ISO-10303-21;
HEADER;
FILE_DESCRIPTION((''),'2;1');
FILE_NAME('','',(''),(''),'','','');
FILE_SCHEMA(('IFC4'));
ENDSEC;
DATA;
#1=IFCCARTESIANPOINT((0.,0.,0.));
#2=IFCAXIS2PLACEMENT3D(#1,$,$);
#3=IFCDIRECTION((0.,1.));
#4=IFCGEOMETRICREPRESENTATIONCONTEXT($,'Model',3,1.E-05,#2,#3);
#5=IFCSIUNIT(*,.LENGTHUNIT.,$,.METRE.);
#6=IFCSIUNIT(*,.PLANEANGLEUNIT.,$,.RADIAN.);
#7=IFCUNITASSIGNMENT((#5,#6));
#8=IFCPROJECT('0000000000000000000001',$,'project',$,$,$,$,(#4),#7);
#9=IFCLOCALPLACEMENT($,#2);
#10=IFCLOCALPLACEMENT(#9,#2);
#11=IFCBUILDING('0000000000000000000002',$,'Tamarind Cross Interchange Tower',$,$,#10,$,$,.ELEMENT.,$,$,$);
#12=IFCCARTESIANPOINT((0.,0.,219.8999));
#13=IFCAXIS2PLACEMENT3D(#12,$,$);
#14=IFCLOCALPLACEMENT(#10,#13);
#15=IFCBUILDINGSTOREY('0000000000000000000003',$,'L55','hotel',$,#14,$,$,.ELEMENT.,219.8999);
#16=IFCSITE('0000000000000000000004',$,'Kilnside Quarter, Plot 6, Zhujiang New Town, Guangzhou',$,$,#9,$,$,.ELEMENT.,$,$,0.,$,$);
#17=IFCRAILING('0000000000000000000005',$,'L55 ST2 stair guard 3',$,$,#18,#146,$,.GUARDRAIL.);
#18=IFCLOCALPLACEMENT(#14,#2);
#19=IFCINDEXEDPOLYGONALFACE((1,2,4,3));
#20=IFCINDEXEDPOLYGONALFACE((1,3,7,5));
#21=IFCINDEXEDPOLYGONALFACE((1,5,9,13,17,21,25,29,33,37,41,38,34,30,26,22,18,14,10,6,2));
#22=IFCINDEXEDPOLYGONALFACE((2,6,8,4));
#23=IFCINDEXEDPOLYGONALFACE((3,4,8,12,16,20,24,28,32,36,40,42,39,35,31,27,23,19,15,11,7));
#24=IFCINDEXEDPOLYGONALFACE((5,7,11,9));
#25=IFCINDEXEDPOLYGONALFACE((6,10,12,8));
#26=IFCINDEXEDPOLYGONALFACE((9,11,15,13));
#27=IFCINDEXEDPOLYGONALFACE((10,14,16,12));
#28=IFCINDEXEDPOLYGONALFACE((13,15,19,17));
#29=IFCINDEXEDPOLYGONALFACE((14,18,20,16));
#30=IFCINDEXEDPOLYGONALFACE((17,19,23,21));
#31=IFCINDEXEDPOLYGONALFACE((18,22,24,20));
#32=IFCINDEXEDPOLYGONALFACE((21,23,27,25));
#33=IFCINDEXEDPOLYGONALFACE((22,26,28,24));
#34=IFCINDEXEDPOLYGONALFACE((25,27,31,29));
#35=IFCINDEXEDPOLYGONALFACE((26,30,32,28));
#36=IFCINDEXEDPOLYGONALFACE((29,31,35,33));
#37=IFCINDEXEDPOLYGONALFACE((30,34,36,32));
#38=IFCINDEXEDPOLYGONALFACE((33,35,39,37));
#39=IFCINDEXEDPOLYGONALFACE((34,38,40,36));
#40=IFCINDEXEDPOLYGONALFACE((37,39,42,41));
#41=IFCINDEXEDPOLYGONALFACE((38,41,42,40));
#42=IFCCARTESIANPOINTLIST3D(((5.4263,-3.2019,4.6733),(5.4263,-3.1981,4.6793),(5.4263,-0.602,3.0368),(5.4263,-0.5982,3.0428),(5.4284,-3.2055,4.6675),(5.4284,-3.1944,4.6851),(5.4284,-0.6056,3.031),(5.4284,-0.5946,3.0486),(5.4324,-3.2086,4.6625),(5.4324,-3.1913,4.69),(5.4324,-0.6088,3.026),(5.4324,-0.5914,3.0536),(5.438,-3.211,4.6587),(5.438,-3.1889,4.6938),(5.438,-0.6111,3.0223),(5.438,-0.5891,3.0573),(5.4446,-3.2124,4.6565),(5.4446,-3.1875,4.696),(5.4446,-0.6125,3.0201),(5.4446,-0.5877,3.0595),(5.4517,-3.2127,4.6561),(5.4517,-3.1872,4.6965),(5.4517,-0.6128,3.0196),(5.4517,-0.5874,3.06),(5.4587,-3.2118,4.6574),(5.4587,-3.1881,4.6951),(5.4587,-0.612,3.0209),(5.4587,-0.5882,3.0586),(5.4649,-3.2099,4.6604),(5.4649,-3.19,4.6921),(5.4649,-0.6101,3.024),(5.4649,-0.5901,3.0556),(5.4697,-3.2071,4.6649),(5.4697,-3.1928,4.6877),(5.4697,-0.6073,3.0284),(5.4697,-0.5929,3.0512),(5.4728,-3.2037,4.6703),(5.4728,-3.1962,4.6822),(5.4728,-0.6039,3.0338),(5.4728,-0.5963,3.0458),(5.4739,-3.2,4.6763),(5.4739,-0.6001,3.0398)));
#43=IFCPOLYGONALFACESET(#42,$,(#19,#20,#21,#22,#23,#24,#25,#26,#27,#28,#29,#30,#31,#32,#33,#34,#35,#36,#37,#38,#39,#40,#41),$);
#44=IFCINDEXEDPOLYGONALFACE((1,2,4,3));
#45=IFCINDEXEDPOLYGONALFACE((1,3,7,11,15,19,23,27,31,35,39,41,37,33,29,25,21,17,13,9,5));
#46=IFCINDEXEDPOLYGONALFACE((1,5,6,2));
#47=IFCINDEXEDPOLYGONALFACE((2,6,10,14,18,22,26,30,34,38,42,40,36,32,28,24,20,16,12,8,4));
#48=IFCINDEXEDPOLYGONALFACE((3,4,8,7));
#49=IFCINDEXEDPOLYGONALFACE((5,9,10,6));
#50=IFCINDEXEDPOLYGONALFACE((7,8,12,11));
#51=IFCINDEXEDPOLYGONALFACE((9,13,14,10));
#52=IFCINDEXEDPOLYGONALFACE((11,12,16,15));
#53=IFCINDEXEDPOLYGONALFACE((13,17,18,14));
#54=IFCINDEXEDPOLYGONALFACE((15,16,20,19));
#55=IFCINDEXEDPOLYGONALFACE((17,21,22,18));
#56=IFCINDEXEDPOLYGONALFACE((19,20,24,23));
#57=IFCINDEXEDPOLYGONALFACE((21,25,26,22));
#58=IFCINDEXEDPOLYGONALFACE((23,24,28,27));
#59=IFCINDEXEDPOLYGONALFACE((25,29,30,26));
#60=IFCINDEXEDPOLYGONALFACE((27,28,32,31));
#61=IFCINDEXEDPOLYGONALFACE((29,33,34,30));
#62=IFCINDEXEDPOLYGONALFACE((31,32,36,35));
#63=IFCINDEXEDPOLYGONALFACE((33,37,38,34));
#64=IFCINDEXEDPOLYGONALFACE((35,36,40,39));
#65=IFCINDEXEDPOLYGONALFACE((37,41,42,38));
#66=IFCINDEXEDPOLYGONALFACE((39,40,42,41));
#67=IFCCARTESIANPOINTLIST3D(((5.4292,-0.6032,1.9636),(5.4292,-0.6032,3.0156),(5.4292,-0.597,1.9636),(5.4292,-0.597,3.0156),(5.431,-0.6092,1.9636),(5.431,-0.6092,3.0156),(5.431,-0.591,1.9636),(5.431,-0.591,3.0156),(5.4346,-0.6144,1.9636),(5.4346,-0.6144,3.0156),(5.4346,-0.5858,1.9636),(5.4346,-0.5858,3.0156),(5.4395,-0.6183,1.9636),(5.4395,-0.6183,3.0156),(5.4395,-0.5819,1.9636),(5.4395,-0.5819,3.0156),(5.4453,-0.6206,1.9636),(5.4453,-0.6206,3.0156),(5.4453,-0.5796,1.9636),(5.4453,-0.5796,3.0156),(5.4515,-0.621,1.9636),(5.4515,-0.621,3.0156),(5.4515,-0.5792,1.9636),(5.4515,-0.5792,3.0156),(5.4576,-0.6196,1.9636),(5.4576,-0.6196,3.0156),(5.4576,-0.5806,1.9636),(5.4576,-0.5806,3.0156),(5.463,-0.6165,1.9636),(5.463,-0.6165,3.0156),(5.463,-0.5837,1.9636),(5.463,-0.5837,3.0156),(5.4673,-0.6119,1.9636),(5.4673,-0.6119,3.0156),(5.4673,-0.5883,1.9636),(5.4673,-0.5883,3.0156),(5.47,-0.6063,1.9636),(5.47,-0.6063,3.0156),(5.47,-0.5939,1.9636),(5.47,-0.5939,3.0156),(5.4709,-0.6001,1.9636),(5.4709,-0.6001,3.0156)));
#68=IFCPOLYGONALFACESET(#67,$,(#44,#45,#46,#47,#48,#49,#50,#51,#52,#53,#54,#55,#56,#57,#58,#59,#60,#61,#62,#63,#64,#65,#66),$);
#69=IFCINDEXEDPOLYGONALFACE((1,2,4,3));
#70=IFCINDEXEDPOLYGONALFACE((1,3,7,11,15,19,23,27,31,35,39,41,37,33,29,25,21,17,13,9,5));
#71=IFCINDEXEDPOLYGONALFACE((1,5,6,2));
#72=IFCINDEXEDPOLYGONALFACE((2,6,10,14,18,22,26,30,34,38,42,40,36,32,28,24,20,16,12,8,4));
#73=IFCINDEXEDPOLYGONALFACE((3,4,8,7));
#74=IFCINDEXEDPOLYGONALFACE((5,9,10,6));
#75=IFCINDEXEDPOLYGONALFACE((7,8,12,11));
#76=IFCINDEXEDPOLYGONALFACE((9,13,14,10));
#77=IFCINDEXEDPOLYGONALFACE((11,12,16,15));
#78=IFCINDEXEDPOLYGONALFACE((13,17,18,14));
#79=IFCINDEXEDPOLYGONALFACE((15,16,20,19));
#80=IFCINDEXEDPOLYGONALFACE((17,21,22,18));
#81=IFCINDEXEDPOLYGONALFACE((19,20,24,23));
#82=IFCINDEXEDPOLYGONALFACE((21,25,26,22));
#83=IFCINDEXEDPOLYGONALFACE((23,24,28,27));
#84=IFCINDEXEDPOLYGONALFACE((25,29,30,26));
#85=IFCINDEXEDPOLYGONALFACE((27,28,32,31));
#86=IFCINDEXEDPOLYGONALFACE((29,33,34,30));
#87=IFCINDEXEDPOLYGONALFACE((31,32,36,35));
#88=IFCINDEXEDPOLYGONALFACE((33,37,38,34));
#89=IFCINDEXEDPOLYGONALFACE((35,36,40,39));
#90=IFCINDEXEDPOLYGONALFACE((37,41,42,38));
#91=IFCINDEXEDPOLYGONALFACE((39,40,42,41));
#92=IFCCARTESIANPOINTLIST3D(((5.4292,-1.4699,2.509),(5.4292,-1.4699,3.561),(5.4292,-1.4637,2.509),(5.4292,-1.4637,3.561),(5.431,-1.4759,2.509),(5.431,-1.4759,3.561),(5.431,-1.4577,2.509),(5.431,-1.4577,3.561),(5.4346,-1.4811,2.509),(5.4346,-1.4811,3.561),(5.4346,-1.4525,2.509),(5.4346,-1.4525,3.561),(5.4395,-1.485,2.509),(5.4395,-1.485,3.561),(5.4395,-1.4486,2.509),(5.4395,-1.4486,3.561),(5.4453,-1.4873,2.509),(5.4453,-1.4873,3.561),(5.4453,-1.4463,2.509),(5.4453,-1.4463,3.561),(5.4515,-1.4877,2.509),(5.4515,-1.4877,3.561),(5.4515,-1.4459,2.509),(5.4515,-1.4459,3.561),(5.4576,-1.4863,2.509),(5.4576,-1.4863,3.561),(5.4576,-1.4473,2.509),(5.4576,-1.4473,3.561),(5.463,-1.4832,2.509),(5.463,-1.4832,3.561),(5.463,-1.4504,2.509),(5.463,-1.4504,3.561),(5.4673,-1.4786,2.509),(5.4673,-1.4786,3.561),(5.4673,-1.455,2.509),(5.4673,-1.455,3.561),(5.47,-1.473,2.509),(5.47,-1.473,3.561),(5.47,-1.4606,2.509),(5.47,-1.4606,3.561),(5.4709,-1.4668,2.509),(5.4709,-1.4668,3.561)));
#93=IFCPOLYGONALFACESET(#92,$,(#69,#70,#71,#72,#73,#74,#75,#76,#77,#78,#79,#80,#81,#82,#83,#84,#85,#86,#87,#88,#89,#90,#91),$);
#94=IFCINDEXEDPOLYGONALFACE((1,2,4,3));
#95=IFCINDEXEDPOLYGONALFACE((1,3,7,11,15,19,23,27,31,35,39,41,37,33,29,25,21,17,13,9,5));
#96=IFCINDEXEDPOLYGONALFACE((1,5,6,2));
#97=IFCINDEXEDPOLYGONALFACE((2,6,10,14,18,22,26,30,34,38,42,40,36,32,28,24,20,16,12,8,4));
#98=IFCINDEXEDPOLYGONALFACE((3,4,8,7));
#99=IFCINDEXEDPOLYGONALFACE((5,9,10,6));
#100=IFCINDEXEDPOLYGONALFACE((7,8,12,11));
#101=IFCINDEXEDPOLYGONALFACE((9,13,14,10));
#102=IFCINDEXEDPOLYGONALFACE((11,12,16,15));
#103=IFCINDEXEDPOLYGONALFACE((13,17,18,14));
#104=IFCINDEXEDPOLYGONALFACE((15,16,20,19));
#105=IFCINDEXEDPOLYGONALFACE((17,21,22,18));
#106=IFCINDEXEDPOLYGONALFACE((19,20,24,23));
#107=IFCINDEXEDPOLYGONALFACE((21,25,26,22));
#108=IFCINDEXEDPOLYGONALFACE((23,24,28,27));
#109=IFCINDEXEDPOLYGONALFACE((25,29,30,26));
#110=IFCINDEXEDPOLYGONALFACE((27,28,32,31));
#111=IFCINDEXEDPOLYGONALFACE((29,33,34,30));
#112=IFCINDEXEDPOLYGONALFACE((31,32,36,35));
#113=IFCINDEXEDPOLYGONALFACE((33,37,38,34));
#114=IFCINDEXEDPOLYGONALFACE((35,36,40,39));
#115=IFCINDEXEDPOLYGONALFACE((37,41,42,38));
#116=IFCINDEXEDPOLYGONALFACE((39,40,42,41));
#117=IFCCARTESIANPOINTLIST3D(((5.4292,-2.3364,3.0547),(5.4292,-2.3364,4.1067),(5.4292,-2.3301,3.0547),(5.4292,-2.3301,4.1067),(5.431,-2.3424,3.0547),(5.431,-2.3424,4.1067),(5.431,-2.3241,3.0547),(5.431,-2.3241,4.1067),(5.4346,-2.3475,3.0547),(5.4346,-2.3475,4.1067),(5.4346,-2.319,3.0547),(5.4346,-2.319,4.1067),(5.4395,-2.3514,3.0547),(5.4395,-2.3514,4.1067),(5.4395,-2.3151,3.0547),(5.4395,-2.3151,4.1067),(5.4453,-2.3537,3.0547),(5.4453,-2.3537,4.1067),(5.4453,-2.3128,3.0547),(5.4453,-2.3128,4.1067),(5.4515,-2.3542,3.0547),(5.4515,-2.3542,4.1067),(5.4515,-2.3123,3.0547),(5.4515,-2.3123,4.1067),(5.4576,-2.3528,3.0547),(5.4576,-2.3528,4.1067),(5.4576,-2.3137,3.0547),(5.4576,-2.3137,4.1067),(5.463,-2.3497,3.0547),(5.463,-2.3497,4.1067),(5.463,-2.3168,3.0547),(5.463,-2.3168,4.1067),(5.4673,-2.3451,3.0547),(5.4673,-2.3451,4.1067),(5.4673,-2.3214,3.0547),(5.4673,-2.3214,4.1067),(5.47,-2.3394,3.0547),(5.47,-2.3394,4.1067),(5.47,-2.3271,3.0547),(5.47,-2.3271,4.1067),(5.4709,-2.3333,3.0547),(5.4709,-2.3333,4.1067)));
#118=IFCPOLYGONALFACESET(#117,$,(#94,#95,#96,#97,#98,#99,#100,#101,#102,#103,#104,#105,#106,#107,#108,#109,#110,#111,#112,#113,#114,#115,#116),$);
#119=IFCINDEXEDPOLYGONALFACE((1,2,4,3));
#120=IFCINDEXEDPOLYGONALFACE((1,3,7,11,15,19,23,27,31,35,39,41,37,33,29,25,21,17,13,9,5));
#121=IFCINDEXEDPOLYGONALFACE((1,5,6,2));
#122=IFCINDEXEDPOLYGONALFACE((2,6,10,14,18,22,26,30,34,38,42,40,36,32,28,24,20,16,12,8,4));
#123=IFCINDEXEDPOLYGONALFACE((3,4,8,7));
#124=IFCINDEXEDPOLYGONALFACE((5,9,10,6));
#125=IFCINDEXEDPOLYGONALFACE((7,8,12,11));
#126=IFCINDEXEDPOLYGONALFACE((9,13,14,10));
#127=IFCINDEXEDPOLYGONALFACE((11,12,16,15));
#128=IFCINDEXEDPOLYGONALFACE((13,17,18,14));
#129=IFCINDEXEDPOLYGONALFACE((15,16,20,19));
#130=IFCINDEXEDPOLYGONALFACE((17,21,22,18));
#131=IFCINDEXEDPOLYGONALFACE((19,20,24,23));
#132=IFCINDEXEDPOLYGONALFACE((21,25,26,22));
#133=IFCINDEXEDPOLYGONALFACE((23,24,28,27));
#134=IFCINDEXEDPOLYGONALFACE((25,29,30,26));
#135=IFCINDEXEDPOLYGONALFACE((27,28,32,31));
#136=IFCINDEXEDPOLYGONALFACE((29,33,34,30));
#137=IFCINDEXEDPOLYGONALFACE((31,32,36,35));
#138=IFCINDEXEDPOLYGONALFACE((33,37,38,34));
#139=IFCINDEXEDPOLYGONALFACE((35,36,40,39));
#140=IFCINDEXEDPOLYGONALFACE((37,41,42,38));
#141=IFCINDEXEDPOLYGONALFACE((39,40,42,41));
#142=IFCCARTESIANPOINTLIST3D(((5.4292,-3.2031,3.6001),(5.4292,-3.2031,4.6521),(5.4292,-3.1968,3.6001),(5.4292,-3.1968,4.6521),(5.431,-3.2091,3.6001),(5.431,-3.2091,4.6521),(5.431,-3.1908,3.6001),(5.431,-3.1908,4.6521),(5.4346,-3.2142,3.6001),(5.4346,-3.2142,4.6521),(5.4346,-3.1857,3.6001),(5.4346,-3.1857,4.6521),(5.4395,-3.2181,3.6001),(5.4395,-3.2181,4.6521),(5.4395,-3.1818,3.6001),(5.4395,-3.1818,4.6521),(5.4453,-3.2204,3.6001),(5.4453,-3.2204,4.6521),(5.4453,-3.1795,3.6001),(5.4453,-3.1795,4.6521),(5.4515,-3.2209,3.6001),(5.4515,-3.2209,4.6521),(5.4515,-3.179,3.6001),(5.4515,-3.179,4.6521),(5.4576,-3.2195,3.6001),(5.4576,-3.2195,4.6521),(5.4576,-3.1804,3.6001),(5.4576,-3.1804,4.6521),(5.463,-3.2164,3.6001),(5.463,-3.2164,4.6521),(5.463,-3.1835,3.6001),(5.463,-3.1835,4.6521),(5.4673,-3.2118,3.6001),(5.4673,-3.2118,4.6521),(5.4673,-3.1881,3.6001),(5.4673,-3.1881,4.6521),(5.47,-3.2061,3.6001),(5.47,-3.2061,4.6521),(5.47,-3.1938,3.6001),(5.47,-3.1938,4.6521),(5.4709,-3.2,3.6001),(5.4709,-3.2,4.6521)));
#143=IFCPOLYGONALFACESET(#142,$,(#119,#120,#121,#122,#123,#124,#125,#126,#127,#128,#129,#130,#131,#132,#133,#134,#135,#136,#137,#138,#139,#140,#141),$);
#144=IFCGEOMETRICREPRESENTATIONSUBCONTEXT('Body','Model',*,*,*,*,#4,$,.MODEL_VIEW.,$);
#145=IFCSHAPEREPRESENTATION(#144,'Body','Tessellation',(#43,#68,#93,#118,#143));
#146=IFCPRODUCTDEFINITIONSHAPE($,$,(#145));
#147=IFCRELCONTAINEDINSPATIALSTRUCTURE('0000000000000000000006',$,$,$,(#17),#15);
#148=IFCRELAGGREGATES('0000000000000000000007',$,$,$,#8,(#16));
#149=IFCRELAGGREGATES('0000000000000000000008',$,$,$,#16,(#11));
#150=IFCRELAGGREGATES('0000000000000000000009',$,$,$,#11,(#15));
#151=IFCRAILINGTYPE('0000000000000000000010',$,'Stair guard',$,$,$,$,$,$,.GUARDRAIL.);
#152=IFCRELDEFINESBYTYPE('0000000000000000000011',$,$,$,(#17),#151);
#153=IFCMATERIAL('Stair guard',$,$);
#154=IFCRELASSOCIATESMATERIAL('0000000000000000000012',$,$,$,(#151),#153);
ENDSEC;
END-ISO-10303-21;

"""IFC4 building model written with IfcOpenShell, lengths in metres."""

from ifc_helpers import new_model, si_unit, direction, frame, origin, origin_2d, place, context, subcontext, project, spatial, circle, extrude, material, type_object, element, save


model = new_model("IFC4")

# Units and contexts
model_context = context("Model", 3, precision=1e-05, world=origin(), true_north=direction((0.0, 1.0)))
body_context = subcontext(model_context, "Body", "Model", "MODEL_VIEW")
ifc_project = project(units=[si_unit("LENGTHUNIT", "METRE"), si_unit("PLANEANGLEUNIT", "RADIAN")], contexts=[model_context])

# Site, building, storey
site_placement = place(None, origin())
site = spatial("IfcSite", under=ifc_project, at=site_placement, Name="Kilnside Quarter, Plot 6, Zhujiang New Town, Guangzhou", CompositionType="ELEMENT", RefElevation=0.0)
building_placement = place(site_placement, origin())
building = spatial("IfcBuilding", under=site, at=building_placement, Name="Tamarind Cross Interchange Tower", CompositionType="ELEMENT")
storey_placement = place(building_placement, frame((0.0, 0.0, 219.8999)))
storey = spatial("IfcBuildingStorey", under=building, at=storey_placement, Name="L55", Description="hotel", CompositionType="ELEMENT", Elevation=219.8999)

# Railing
ifc_material_1 = material(Name="Stair guard")
railing_type_1 = type_object("IfcRailingType", Name="Stair guard", PredefinedType="GUARDRAIL", material=ifc_material_1)
railing_1_placement = place(storey_placement, frame((5.45, -0.6001, 1.9636)))
element("IfcRailing", 1, at=railing_1_placement, inside=storey, type_object=railing_type_1, Name="L55 ST2 stair guard 3", PredefinedType="GUARDRAIL", context=body_context, shape_type="SweptSolid", body=[
    extrude(circle(Radius=0.0239, at=origin_2d()), frame((0.0, 0.0, 1.0762), z_axis=(0.0, -0.846302, 0.532704), x_axis=(1.0, 0.0, 0.0)), (0.0, 0.0, 1.0), 3.072),
    extrude(circle(Radius=0.021, at=origin_2d()), origin(), (0.0, 0.0, 1.0), 1.052),
    extrude(circle(Radius=0.021, at=origin_2d()), frame((0.0, -0.8667, 0.5454)), (0.0, 0.0, 1.0), 1.052),
    extrude(circle(Radius=0.021, at=origin_2d()), frame((0.0, -1.7332, 1.0911)), (0.0, 0.0, 1.0), 1.052),
    extrude(circle(Radius=0.021, at=origin_2d()), frame((0.0, -2.5999, 1.6365)), (0.0, 0.0, 1.0), 1.052),
])

save(model, "model.ifc")
